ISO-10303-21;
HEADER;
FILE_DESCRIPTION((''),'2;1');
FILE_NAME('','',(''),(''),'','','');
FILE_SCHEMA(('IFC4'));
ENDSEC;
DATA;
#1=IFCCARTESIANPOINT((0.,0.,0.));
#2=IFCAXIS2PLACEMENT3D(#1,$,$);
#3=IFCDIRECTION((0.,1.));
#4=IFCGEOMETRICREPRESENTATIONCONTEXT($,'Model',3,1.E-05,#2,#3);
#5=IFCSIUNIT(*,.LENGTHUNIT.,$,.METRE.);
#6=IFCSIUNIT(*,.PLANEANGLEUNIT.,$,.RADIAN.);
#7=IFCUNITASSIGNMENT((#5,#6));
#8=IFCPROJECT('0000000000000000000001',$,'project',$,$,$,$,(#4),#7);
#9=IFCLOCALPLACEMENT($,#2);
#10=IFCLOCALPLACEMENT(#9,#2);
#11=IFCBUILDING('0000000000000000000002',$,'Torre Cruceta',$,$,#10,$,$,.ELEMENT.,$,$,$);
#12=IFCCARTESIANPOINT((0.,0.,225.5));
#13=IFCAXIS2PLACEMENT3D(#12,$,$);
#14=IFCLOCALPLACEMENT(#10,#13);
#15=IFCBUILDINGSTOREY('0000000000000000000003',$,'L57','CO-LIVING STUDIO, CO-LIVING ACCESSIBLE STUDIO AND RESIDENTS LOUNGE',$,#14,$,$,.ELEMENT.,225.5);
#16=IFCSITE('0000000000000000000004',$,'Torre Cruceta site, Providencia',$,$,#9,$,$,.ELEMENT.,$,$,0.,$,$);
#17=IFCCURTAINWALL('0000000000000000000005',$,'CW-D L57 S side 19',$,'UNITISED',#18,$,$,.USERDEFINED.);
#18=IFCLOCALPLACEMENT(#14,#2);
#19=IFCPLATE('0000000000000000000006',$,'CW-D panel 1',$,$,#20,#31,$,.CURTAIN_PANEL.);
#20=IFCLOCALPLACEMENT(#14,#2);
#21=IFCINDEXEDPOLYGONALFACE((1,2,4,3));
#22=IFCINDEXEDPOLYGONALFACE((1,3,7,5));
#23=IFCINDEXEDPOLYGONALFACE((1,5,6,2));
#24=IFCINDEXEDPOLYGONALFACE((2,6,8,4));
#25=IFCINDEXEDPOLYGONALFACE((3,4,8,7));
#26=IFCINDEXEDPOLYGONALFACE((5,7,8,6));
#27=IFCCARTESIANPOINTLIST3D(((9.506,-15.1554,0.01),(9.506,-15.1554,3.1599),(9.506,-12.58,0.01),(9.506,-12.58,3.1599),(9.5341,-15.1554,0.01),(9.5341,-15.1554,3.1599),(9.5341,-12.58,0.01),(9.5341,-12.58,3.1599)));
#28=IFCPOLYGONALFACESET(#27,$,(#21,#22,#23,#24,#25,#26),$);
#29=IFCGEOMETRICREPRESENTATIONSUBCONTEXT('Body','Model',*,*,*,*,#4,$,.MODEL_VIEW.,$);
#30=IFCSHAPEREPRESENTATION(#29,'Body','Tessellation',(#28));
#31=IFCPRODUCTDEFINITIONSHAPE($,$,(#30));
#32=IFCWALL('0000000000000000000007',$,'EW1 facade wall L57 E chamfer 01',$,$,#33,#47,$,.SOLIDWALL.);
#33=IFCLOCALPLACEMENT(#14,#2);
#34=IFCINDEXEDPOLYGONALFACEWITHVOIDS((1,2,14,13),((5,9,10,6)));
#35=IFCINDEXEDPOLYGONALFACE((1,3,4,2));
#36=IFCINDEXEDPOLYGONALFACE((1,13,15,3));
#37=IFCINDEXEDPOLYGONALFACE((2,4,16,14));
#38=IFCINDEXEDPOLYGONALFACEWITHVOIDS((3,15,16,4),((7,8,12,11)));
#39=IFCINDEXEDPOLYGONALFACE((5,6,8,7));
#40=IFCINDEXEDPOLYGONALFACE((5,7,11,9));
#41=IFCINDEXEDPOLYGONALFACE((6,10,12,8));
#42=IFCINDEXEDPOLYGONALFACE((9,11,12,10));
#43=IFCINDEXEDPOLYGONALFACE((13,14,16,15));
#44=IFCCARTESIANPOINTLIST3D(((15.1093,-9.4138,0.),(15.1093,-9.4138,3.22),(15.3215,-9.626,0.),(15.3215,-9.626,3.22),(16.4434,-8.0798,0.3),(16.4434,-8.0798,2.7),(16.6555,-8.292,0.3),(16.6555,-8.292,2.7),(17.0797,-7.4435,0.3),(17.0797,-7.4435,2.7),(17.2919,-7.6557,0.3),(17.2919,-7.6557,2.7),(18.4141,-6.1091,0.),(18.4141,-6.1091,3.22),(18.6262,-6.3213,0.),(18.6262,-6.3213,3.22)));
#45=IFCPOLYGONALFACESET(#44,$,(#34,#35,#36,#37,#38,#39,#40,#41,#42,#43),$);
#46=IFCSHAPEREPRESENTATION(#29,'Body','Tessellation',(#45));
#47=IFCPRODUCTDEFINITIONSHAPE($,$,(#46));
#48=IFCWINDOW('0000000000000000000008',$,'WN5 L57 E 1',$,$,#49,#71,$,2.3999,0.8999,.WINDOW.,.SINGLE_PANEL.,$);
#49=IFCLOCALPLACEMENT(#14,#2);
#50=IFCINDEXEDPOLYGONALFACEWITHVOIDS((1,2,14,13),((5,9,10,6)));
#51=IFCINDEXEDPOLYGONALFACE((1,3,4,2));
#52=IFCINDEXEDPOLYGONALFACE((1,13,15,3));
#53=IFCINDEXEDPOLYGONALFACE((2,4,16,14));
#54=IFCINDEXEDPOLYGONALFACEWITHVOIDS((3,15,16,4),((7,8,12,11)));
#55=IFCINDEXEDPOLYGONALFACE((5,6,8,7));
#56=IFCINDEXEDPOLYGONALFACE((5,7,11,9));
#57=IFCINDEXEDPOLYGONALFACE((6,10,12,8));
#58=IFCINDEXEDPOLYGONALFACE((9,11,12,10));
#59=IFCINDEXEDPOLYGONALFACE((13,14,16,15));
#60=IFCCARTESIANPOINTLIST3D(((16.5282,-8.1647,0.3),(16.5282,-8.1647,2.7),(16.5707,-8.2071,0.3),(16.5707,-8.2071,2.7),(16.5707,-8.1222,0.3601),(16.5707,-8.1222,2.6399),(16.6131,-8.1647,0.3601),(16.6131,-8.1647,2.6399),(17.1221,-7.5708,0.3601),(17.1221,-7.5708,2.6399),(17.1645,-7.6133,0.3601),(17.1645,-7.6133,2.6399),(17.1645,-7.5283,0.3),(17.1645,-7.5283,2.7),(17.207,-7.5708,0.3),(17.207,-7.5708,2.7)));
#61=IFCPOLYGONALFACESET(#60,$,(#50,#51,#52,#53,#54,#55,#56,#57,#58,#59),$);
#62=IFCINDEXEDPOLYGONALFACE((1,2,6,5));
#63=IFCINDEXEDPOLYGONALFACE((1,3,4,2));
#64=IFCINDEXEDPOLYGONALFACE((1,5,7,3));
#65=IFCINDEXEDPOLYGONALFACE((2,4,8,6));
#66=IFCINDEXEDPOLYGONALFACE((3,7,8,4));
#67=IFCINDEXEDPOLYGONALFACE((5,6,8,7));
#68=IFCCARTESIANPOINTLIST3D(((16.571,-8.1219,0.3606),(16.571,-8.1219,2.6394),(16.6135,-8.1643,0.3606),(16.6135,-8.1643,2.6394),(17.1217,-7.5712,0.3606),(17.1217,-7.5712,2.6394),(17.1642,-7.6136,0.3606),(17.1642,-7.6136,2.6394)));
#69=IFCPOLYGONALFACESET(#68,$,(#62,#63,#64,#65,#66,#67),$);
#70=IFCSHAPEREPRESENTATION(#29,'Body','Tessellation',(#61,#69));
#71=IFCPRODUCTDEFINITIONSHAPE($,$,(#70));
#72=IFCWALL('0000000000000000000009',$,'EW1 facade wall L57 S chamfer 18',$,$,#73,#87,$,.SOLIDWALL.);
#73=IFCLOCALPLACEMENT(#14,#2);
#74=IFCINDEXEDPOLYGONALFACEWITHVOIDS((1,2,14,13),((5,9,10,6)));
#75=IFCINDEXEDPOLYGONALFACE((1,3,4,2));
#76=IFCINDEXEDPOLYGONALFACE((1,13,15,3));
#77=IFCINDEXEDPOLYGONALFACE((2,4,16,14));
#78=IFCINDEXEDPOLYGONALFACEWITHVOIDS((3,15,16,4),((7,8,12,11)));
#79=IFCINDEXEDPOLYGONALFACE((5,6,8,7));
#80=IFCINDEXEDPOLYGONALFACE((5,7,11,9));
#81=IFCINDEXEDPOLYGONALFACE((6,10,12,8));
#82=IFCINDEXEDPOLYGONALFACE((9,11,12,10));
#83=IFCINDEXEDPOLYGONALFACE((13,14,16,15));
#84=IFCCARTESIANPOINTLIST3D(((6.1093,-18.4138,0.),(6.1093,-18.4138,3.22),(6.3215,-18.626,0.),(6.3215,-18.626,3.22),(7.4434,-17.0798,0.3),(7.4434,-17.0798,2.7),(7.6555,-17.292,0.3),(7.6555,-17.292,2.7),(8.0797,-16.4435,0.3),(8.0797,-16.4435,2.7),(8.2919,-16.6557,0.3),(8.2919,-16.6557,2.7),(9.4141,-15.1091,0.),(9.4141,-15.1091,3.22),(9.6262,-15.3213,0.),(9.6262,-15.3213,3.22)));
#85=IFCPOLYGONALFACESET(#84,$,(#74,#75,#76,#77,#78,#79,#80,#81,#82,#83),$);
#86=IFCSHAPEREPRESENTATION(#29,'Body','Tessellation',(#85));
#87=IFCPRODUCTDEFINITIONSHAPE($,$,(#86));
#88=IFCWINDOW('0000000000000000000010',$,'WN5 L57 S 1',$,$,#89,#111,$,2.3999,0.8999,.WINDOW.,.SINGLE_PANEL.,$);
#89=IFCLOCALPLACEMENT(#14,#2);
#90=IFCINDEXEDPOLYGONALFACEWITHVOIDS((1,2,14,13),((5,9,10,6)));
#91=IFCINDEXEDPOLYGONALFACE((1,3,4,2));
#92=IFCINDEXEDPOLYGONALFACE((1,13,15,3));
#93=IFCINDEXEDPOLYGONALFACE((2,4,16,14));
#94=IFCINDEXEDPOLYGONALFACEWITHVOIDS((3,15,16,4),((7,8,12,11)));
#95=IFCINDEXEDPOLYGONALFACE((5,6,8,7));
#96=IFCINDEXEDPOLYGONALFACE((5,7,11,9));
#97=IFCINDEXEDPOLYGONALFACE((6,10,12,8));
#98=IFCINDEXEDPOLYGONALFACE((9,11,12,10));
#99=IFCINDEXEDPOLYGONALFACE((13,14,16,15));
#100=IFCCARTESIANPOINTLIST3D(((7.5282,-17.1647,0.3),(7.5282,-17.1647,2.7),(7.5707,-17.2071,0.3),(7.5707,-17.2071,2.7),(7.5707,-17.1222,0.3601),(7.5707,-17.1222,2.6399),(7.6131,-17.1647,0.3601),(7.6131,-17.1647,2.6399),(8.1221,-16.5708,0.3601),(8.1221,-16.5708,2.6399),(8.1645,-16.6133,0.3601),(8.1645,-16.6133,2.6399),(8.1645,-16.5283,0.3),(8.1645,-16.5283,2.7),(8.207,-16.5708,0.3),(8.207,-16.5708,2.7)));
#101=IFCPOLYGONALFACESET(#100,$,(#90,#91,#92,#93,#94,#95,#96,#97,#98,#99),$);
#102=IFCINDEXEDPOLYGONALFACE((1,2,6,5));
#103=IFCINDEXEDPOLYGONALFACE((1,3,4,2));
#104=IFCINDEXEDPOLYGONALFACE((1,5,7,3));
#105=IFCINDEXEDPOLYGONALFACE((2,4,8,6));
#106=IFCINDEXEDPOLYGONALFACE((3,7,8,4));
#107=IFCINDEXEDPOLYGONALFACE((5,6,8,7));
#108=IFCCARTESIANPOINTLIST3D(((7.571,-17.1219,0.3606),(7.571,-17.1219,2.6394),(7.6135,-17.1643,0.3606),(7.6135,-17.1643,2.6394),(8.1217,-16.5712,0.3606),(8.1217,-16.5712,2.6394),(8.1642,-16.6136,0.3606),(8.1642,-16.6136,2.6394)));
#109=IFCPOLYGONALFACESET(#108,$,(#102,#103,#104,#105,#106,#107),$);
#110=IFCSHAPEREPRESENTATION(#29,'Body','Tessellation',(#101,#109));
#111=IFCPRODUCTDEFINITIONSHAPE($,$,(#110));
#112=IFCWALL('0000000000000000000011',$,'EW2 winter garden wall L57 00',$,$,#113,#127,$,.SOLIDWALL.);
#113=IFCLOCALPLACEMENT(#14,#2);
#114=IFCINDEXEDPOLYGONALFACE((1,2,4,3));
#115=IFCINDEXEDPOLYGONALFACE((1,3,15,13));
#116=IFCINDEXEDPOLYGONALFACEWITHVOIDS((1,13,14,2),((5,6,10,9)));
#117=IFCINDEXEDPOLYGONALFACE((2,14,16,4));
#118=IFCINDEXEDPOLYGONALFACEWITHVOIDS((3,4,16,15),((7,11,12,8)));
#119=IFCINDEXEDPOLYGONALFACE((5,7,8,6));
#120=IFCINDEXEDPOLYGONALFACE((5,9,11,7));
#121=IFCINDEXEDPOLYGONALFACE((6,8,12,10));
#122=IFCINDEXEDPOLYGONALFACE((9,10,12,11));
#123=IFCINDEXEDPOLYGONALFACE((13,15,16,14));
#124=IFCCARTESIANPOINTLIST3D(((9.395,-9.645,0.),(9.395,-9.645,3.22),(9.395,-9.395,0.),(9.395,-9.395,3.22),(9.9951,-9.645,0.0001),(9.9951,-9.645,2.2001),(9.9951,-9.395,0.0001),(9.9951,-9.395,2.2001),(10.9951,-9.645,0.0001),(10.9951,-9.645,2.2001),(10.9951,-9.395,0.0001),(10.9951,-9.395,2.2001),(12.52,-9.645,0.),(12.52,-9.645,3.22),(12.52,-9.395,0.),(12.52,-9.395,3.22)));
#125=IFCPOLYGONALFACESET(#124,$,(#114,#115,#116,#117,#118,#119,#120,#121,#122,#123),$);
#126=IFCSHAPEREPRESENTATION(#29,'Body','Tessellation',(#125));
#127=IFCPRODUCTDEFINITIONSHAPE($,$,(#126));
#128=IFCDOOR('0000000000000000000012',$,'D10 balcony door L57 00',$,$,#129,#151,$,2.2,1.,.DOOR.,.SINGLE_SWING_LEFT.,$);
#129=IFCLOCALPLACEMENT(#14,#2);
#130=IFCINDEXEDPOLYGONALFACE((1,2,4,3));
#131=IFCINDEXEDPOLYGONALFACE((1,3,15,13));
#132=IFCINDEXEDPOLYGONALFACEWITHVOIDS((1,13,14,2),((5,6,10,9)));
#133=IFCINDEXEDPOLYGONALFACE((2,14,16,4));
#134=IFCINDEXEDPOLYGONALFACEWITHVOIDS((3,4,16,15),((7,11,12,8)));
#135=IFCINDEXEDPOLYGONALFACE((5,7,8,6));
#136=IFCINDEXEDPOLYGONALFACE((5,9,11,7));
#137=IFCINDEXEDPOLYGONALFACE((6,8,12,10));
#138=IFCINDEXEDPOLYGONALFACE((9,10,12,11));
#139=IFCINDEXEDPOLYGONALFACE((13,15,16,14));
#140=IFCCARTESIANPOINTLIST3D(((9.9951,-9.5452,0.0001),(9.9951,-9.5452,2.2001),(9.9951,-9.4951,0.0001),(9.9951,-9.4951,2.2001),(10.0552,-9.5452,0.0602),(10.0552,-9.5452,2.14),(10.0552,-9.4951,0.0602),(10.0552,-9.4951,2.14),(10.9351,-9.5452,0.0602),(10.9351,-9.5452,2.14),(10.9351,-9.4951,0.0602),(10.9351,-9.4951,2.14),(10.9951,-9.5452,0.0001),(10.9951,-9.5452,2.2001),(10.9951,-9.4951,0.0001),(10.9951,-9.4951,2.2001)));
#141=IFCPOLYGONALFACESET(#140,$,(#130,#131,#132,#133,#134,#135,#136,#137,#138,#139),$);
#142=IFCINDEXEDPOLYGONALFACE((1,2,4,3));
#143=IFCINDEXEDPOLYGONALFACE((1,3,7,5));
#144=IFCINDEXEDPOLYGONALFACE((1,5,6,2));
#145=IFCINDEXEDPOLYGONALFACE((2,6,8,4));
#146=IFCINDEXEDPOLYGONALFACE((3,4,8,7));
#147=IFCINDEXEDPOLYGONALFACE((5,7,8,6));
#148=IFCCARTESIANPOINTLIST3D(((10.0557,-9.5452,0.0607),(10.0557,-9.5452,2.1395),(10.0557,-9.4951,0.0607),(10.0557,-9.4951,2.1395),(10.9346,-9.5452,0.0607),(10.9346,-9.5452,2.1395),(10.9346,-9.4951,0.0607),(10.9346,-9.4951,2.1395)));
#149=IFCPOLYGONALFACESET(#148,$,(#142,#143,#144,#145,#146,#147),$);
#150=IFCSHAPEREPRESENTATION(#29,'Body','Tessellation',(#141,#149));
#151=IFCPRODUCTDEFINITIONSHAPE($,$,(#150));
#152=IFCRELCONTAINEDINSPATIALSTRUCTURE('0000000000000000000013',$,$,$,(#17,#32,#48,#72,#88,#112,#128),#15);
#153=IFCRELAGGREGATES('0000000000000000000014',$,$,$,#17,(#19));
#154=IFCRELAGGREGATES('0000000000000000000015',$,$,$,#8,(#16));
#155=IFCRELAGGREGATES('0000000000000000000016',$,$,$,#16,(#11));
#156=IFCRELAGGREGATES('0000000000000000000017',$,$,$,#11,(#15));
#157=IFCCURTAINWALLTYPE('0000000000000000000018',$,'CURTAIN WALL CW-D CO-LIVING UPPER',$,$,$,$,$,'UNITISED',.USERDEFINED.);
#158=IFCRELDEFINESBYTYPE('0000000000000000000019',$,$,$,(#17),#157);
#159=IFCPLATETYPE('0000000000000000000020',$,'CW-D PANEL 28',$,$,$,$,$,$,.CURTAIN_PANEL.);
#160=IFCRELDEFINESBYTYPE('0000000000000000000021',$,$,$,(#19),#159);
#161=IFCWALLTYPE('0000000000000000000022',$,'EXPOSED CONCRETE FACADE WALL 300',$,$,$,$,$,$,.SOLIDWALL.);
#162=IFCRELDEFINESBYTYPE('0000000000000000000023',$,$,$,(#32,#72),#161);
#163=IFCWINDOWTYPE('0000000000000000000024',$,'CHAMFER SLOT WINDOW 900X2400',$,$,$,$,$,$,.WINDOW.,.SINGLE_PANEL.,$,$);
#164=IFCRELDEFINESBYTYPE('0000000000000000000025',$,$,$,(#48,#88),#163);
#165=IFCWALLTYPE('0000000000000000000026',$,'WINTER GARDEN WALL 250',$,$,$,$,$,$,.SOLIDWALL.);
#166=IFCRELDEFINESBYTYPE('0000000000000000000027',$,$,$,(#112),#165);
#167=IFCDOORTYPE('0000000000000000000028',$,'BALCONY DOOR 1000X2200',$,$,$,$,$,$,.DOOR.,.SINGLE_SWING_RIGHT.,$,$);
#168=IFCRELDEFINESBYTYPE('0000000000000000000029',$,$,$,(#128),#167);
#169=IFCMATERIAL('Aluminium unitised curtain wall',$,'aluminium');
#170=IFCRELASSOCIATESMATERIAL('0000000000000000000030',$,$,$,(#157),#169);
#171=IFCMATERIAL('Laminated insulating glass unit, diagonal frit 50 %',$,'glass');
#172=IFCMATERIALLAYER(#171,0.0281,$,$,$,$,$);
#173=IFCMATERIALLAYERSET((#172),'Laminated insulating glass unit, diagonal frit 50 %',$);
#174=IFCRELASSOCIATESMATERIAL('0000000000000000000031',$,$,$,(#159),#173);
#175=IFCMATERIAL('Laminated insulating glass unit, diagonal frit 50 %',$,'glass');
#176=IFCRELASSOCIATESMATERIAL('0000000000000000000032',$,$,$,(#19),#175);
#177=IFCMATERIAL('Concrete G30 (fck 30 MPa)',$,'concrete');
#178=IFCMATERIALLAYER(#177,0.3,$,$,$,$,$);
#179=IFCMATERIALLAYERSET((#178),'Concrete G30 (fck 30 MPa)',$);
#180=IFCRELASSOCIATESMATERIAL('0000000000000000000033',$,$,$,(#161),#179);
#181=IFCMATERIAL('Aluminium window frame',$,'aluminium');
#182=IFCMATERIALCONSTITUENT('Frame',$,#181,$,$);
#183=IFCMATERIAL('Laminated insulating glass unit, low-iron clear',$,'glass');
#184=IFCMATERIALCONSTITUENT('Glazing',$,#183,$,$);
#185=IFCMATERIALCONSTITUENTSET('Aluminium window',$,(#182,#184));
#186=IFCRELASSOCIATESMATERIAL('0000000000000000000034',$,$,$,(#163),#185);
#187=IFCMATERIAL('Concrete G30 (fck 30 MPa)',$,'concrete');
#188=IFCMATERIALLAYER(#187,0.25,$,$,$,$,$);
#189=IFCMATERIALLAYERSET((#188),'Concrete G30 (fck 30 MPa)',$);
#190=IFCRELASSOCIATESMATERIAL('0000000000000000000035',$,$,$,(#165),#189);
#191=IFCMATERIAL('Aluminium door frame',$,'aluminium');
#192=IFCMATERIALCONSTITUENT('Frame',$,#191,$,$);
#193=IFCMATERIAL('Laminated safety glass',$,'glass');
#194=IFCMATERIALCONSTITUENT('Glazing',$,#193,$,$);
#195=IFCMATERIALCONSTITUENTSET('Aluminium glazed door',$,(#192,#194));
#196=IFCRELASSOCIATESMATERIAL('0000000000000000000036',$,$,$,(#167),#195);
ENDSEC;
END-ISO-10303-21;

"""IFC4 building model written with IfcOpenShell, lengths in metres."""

from ifc_helpers import new_model, si_unit, direction, frame, frame_2d, origin, origin_2d, place, context, subcontext, project, spatial, rectangle, hollow_rectangle, extrude, material, layer, layer_set, constituent, constituent_set, type_object, element, fill, aggregate, save


model = new_model("IFC4")

# Units and contexts
model_context = context("Model", 3, precision=1e-05, world=origin(), true_north=direction((0.0, 1.0)))
body_context = subcontext(model_context, "Body", "Model", "MODEL_VIEW")
ifc_project = project(units=[si_unit("LENGTHUNIT", "METRE"), si_unit("PLANEANGLEUNIT", "RADIAN")], contexts=[model_context])

# Site, building, storey
site_placement = place(None, origin())
site = spatial("IfcSite", under=ifc_project, at=site_placement, Name="Torre Cruceta site, Providencia", CompositionType="ELEMENT", RefElevation=0.0)
building_placement = place(site_placement, origin())
building = spatial("IfcBuilding", under=site, at=building_placement, Name="Torre Cruceta", CompositionType="ELEMENT")
storey_placement = place(building_placement, frame((0.0, 0.0, 225.5)))
storey = spatial("IfcBuildingStorey", under=building, at=storey_placement, Name="L57", Description="CO-LIVING STUDIO, CO-LIVING ACCESSIBLE STUDIO AND RESIDENTS LOUNGE", CompositionType="ELEMENT", Elevation=225.5)

# Shared definitions
ifc_material_1 = material(Name="Aluminium unitised curtain wall", Category="aluminium")
curtain_wall_type = type_object("IfcCurtainWallType", Name="CURTAIN WALL CW-D CO-LIVING UPPER", ElementType="UNITISED", PredefinedType="USERDEFINED", material=ifc_material_1)

# Curtain wall
curtain_wall_1_placement = place(storey_placement, origin())
curtain_wall_1 = element("IfcCurtainWall", 1, at=curtain_wall_1_placement, inside=storey, type_object=curtain_wall_type, Name="CW-D L57 S side 19", ObjectType="UNITISED", PredefinedType="USERDEFINED")

# Plate
ifc_material_2 = material(Name="Laminated insulating glass unit, diagonal frit 50 %", Category="glass")
ifc_material_3 = material(Name="Laminated insulating glass unit, diagonal frit 50 %", Category="glass")
ifc_layer_1 = layer(ifc_material_3, 0.0281)
ifc_layer_set_1 = layer_set([ifc_layer_1], Name="Laminated insulating glass unit, diagonal frit 50 %")
plate_type = type_object("IfcPlateType", Name="CW-D PANEL 28", PredefinedType="CURTAIN_PANEL", material=ifc_layer_set_1)
plate_1_placement = place(storey_placement, frame((9.52, -13.8677, 0.01), z_axis=(0.0, 0.0, 1.0), x_axis=(0.0, 1.0, 0.0)))
plate_1 = element("IfcPlate", 2, at=plate_1_placement, type_object=plate_type, material=ifc_material_2, Name="CW-D panel 1", PredefinedType="CURTAIN_PANEL", context=body_context, shape_type="SweptSolid", body=[
    extrude(rectangle(XDim=2.5754, YDim=0.0281, at=origin_2d()), origin(), (0.0, 0.0, 1.0), 3.1499),
])
aggregate(curtain_wall_1, [plate_1])

# Walls, openings, windows
ifc_material_4 = material(Name="Concrete G30 (fck 30 MPa)", Category="concrete")
ifc_layer_2 = layer(ifc_material_4, 0.3)
ifc_layer_set_2 = layer_set([ifc_layer_2], Name="Concrete G30 (fck 30 MPa)")
wall_type_1 = type_object("IfcWallType", Name="EXPOSED CONCRETE FACADE WALL 300", PredefinedType="SOLIDWALL", material=ifc_layer_set_2)
wall_1_placement = place(storey_placement, frame((15.2153, -9.52, 0.0), z_axis=(0.0, 0.0, 1.0), x_axis=(0.707107, 0.707107, 0.0)))
wall_1 = element("IfcWall", 3, at=wall_1_placement, inside=storey, type_object=wall_type_1, Name="EW1 facade wall L57 E chamfer 01", PredefinedType="SOLIDWALL", context=body_context, shape_type="SweptSolid", body=[
    extrude(rectangle(XDim=4.6736, YDim=0.3, at=frame_2d((2.3369, 0.0))), origin(), (0.0, 0.0, 1.0), 3.22),
])
opening_1_placement = place(wall_1_placement, frame((1.8867, 0.0, 0.3)))
opening_1 = element("IfcOpeningElement", 4, at=opening_1_placement, cuts=wall_1, PredefinedType="OPENING", context=body_context, shape_type="SweptSolid", body=[
    extrude(rectangle(XDim=0.8999, YDim=2.3999, at=frame_2d((0.45, 1.2))), frame((0.0, 0.1599, 0.0), z_axis=(0.0, -1.0, 0.0), x_axis=(1.0, 0.0, 0.0)), (0.0, 0.0, 1.0), 0.3201),
])
ifc_material_5 = material(Name="Aluminium window frame", Category="aluminium")
ifc_constituent_1 = constituent(ifc_material_5, Name="Frame")
ifc_material_6 = material(Name="Laminated insulating glass unit, low-iron clear", Category="glass")
ifc_constituent_2 = constituent(ifc_material_6, Name="Glazing")
ifc_constituent_set_1 = constituent_set(constituents=[ifc_constituent_1, ifc_constituent_2], Name="Aluminium window")
window_type = type_object("IfcWindowType", Name="CHAMFER SLOT WINDOW 900X2400", PartitioningType="SINGLE_PANEL", PredefinedType="WINDOW", material=ifc_constituent_set_1)
window_1_placement = place(opening_1_placement, origin())
window_1 = element("IfcWindow", 5, at=window_1_placement, inside=storey, type_object=window_type, Name="WN5 L57 E 1", OverallHeight=2.3999, OverallWidth=0.8999, PartitioningType="SINGLE_PANEL", PredefinedType="WINDOW", context=body_context, shape_type="SweptSolid", body=[
    extrude(hollow_rectangle(XDim=0.8999, YDim=2.3999, WallThickness=0.0601, at=frame_2d((0.45, 1.2))), frame((0.0, 0.03, 0.0), z_axis=(0.0, -1.0, 0.0), x_axis=(1.0, 0.0, 0.0)), (0.0, 0.0, 1.0), 0.0601),
    extrude(rectangle(XDim=0.7788, YDim=2.2788, at=frame_2d((0.45, 1.2))), frame((0.0, 0.03, 0.0), z_axis=(0.0, -1.0, 0.0), x_axis=(1.0, 0.0, 0.0)), (0.0, 0.0, 1.0), 0.0601),
])
fill(opening_1, window_1)
wall_2_placement = place(storey_placement, frame((6.2153, -18.52, 0.0), z_axis=(0.0, 0.0, 1.0), x_axis=(0.707107, 0.707107, 0.0)))
wall_2 = element("IfcWall", 6, at=wall_2_placement, inside=storey, type_object=wall_type_1, Name="EW1 facade wall L57 S chamfer 18", PredefinedType="SOLIDWALL", context=body_context, shape_type="SweptSolid", body=[
    extrude(rectangle(XDim=4.6736, YDim=0.3, at=frame_2d((2.3369, 0.0))), origin(), (0.0, 0.0, 1.0), 3.22),
])
opening_2_placement = place(wall_2_placement, frame((1.8867, 0.0, 0.3)))
opening_2 = element("IfcOpeningElement", 7, at=opening_2_placement, cuts=wall_2, PredefinedType="OPENING", context=body_context, shape_type="SweptSolid", body=[
    extrude(rectangle(XDim=0.8999, YDim=2.3999, at=frame_2d((0.45, 1.2))), frame((0.0, 0.1599, 0.0), z_axis=(0.0, -1.0, 0.0), x_axis=(1.0, 0.0, 0.0)), (0.0, 0.0, 1.0), 0.3201),
])
window_2_placement = place(opening_2_placement, origin())
window_2 = element("IfcWindow", 8, at=window_2_placement, inside=storey, type_object=window_type, Name="WN5 L57 S 1", OverallHeight=2.3999, OverallWidth=0.8999, PartitioningType="SINGLE_PANEL", PredefinedType="WINDOW", context=body_context, shape_type="SweptSolid", body=[
    extrude(hollow_rectangle(XDim=0.8999, YDim=2.3999, WallThickness=0.0601, at=frame_2d((0.45, 1.2))), frame((0.0, 0.03, 0.0), z_axis=(0.0, -1.0, 0.0), x_axis=(1.0, 0.0, 0.0)), (0.0, 0.0, 1.0), 0.0601),
    extrude(rectangle(XDim=0.7788, YDim=2.2788, at=frame_2d((0.45, 1.2))), frame((0.0, 0.03, 0.0), z_axis=(0.0, -1.0, 0.0), x_axis=(1.0, 0.0, 0.0)), (0.0, 0.0, 1.0), 0.0601),
])
fill(opening_2, window_2)

# Wall, opening, door
ifc_material_7 = material(Name="Concrete G30 (fck 30 MPa)", Category="concrete")
ifc_layer_3 = layer(ifc_material_7, 0.25)
ifc_layer_set_3 = layer_set([ifc_layer_3], Name="Concrete G30 (fck 30 MPa)")
wall_type_2 = type_object("IfcWallType", Name="WINTER GARDEN WALL 250", PredefinedType="SOLIDWALL", material=ifc_layer_set_3)
wall_3_placement = place(storey_placement, frame((9.395, -9.52, 0.0), z_axis=(0.0, 0.0, 1.0), x_axis=(1.0, 0.0, 0.0)))
wall_3 = element("IfcWall", 9, at=wall_3_placement, inside=storey, type_object=wall_type_2, Name="EW2 winter garden wall L57 00", PredefinedType="SOLIDWALL", context=body_context, shape_type="SweptSolid", body=[
    extrude(rectangle(XDim=3.125, YDim=0.25, at=frame_2d((1.5625, 0.0))), origin(), (0.0, 0.0, 1.0), 3.22),
])
opening_3_placement = place(wall_3_placement, frame((0.6001, 0.0, 0.0)))
opening_3 = element("IfcOpeningElement", 10, at=opening_3_placement, cuts=wall_3, PredefinedType="OPENING", context=body_context, shape_type="SweptSolid", body=[
    extrude(rectangle(XDim=1.0, YDim=2.2, at=frame_2d((0.5, 1.1001))), frame((0.0, 0.135, 0.0), z_axis=(0.0, -1.0, 0.0), x_axis=(1.0, 0.0, 0.0)), (0.0, 0.0, 1.0), 0.27),
])
ifc_material_8 = material(Name="Aluminium door frame", Category="aluminium")
ifc_constituent_3 = constituent(ifc_material_8, Name="Frame")
ifc_material_9 = material(Name="Laminated safety glass", Category="glass")
ifc_constituent_4 = constituent(ifc_material_9, Name="Glazing")
ifc_constituent_set_2 = constituent_set(constituents=[ifc_constituent_3, ifc_constituent_4], Name="Aluminium glazed door")
door_type_1 = type_object("IfcDoorType", Name="BALCONY DOOR 1000X2200", OperationType="SINGLE_SWING_RIGHT", PredefinedType="DOOR", material=ifc_constituent_set_2)
door_1_placement = place(opening_3_placement, origin())
door_1 = element("IfcDoor", 11, at=door_1_placement, inside=storey, type_object=door_type_1, Name="D10 balcony door L57 00", OperationType="SINGLE_SWING_LEFT", OverallHeight=2.2, OverallWidth=1.0, PredefinedType="DOOR", context=body_context, shape_type="SweptSolid", body=[
    extrude(hollow_rectangle(XDim=1.0, YDim=2.2, WallThickness=0.0601, at=frame_2d((0.5, 1.1001))), frame((0.0, 0.0249, 0.0), z_axis=(0.0, -1.0, 0.0), x_axis=(1.0, 0.0, 0.0)), (0.0, 0.0, 1.0), 0.05),
    extrude(rectangle(XDim=0.8789, YDim=2.0789, at=frame_2d((0.5, 1.1001))), frame((0.0, 0.0249, 0.0), z_axis=(0.0, -1.0, 0.0), x_axis=(1.0, 0.0, 0.0)), (0.0, 0.0, 1.0), 0.05),
])
fill(opening_3, door_1)

save(model, "model.ifc")
